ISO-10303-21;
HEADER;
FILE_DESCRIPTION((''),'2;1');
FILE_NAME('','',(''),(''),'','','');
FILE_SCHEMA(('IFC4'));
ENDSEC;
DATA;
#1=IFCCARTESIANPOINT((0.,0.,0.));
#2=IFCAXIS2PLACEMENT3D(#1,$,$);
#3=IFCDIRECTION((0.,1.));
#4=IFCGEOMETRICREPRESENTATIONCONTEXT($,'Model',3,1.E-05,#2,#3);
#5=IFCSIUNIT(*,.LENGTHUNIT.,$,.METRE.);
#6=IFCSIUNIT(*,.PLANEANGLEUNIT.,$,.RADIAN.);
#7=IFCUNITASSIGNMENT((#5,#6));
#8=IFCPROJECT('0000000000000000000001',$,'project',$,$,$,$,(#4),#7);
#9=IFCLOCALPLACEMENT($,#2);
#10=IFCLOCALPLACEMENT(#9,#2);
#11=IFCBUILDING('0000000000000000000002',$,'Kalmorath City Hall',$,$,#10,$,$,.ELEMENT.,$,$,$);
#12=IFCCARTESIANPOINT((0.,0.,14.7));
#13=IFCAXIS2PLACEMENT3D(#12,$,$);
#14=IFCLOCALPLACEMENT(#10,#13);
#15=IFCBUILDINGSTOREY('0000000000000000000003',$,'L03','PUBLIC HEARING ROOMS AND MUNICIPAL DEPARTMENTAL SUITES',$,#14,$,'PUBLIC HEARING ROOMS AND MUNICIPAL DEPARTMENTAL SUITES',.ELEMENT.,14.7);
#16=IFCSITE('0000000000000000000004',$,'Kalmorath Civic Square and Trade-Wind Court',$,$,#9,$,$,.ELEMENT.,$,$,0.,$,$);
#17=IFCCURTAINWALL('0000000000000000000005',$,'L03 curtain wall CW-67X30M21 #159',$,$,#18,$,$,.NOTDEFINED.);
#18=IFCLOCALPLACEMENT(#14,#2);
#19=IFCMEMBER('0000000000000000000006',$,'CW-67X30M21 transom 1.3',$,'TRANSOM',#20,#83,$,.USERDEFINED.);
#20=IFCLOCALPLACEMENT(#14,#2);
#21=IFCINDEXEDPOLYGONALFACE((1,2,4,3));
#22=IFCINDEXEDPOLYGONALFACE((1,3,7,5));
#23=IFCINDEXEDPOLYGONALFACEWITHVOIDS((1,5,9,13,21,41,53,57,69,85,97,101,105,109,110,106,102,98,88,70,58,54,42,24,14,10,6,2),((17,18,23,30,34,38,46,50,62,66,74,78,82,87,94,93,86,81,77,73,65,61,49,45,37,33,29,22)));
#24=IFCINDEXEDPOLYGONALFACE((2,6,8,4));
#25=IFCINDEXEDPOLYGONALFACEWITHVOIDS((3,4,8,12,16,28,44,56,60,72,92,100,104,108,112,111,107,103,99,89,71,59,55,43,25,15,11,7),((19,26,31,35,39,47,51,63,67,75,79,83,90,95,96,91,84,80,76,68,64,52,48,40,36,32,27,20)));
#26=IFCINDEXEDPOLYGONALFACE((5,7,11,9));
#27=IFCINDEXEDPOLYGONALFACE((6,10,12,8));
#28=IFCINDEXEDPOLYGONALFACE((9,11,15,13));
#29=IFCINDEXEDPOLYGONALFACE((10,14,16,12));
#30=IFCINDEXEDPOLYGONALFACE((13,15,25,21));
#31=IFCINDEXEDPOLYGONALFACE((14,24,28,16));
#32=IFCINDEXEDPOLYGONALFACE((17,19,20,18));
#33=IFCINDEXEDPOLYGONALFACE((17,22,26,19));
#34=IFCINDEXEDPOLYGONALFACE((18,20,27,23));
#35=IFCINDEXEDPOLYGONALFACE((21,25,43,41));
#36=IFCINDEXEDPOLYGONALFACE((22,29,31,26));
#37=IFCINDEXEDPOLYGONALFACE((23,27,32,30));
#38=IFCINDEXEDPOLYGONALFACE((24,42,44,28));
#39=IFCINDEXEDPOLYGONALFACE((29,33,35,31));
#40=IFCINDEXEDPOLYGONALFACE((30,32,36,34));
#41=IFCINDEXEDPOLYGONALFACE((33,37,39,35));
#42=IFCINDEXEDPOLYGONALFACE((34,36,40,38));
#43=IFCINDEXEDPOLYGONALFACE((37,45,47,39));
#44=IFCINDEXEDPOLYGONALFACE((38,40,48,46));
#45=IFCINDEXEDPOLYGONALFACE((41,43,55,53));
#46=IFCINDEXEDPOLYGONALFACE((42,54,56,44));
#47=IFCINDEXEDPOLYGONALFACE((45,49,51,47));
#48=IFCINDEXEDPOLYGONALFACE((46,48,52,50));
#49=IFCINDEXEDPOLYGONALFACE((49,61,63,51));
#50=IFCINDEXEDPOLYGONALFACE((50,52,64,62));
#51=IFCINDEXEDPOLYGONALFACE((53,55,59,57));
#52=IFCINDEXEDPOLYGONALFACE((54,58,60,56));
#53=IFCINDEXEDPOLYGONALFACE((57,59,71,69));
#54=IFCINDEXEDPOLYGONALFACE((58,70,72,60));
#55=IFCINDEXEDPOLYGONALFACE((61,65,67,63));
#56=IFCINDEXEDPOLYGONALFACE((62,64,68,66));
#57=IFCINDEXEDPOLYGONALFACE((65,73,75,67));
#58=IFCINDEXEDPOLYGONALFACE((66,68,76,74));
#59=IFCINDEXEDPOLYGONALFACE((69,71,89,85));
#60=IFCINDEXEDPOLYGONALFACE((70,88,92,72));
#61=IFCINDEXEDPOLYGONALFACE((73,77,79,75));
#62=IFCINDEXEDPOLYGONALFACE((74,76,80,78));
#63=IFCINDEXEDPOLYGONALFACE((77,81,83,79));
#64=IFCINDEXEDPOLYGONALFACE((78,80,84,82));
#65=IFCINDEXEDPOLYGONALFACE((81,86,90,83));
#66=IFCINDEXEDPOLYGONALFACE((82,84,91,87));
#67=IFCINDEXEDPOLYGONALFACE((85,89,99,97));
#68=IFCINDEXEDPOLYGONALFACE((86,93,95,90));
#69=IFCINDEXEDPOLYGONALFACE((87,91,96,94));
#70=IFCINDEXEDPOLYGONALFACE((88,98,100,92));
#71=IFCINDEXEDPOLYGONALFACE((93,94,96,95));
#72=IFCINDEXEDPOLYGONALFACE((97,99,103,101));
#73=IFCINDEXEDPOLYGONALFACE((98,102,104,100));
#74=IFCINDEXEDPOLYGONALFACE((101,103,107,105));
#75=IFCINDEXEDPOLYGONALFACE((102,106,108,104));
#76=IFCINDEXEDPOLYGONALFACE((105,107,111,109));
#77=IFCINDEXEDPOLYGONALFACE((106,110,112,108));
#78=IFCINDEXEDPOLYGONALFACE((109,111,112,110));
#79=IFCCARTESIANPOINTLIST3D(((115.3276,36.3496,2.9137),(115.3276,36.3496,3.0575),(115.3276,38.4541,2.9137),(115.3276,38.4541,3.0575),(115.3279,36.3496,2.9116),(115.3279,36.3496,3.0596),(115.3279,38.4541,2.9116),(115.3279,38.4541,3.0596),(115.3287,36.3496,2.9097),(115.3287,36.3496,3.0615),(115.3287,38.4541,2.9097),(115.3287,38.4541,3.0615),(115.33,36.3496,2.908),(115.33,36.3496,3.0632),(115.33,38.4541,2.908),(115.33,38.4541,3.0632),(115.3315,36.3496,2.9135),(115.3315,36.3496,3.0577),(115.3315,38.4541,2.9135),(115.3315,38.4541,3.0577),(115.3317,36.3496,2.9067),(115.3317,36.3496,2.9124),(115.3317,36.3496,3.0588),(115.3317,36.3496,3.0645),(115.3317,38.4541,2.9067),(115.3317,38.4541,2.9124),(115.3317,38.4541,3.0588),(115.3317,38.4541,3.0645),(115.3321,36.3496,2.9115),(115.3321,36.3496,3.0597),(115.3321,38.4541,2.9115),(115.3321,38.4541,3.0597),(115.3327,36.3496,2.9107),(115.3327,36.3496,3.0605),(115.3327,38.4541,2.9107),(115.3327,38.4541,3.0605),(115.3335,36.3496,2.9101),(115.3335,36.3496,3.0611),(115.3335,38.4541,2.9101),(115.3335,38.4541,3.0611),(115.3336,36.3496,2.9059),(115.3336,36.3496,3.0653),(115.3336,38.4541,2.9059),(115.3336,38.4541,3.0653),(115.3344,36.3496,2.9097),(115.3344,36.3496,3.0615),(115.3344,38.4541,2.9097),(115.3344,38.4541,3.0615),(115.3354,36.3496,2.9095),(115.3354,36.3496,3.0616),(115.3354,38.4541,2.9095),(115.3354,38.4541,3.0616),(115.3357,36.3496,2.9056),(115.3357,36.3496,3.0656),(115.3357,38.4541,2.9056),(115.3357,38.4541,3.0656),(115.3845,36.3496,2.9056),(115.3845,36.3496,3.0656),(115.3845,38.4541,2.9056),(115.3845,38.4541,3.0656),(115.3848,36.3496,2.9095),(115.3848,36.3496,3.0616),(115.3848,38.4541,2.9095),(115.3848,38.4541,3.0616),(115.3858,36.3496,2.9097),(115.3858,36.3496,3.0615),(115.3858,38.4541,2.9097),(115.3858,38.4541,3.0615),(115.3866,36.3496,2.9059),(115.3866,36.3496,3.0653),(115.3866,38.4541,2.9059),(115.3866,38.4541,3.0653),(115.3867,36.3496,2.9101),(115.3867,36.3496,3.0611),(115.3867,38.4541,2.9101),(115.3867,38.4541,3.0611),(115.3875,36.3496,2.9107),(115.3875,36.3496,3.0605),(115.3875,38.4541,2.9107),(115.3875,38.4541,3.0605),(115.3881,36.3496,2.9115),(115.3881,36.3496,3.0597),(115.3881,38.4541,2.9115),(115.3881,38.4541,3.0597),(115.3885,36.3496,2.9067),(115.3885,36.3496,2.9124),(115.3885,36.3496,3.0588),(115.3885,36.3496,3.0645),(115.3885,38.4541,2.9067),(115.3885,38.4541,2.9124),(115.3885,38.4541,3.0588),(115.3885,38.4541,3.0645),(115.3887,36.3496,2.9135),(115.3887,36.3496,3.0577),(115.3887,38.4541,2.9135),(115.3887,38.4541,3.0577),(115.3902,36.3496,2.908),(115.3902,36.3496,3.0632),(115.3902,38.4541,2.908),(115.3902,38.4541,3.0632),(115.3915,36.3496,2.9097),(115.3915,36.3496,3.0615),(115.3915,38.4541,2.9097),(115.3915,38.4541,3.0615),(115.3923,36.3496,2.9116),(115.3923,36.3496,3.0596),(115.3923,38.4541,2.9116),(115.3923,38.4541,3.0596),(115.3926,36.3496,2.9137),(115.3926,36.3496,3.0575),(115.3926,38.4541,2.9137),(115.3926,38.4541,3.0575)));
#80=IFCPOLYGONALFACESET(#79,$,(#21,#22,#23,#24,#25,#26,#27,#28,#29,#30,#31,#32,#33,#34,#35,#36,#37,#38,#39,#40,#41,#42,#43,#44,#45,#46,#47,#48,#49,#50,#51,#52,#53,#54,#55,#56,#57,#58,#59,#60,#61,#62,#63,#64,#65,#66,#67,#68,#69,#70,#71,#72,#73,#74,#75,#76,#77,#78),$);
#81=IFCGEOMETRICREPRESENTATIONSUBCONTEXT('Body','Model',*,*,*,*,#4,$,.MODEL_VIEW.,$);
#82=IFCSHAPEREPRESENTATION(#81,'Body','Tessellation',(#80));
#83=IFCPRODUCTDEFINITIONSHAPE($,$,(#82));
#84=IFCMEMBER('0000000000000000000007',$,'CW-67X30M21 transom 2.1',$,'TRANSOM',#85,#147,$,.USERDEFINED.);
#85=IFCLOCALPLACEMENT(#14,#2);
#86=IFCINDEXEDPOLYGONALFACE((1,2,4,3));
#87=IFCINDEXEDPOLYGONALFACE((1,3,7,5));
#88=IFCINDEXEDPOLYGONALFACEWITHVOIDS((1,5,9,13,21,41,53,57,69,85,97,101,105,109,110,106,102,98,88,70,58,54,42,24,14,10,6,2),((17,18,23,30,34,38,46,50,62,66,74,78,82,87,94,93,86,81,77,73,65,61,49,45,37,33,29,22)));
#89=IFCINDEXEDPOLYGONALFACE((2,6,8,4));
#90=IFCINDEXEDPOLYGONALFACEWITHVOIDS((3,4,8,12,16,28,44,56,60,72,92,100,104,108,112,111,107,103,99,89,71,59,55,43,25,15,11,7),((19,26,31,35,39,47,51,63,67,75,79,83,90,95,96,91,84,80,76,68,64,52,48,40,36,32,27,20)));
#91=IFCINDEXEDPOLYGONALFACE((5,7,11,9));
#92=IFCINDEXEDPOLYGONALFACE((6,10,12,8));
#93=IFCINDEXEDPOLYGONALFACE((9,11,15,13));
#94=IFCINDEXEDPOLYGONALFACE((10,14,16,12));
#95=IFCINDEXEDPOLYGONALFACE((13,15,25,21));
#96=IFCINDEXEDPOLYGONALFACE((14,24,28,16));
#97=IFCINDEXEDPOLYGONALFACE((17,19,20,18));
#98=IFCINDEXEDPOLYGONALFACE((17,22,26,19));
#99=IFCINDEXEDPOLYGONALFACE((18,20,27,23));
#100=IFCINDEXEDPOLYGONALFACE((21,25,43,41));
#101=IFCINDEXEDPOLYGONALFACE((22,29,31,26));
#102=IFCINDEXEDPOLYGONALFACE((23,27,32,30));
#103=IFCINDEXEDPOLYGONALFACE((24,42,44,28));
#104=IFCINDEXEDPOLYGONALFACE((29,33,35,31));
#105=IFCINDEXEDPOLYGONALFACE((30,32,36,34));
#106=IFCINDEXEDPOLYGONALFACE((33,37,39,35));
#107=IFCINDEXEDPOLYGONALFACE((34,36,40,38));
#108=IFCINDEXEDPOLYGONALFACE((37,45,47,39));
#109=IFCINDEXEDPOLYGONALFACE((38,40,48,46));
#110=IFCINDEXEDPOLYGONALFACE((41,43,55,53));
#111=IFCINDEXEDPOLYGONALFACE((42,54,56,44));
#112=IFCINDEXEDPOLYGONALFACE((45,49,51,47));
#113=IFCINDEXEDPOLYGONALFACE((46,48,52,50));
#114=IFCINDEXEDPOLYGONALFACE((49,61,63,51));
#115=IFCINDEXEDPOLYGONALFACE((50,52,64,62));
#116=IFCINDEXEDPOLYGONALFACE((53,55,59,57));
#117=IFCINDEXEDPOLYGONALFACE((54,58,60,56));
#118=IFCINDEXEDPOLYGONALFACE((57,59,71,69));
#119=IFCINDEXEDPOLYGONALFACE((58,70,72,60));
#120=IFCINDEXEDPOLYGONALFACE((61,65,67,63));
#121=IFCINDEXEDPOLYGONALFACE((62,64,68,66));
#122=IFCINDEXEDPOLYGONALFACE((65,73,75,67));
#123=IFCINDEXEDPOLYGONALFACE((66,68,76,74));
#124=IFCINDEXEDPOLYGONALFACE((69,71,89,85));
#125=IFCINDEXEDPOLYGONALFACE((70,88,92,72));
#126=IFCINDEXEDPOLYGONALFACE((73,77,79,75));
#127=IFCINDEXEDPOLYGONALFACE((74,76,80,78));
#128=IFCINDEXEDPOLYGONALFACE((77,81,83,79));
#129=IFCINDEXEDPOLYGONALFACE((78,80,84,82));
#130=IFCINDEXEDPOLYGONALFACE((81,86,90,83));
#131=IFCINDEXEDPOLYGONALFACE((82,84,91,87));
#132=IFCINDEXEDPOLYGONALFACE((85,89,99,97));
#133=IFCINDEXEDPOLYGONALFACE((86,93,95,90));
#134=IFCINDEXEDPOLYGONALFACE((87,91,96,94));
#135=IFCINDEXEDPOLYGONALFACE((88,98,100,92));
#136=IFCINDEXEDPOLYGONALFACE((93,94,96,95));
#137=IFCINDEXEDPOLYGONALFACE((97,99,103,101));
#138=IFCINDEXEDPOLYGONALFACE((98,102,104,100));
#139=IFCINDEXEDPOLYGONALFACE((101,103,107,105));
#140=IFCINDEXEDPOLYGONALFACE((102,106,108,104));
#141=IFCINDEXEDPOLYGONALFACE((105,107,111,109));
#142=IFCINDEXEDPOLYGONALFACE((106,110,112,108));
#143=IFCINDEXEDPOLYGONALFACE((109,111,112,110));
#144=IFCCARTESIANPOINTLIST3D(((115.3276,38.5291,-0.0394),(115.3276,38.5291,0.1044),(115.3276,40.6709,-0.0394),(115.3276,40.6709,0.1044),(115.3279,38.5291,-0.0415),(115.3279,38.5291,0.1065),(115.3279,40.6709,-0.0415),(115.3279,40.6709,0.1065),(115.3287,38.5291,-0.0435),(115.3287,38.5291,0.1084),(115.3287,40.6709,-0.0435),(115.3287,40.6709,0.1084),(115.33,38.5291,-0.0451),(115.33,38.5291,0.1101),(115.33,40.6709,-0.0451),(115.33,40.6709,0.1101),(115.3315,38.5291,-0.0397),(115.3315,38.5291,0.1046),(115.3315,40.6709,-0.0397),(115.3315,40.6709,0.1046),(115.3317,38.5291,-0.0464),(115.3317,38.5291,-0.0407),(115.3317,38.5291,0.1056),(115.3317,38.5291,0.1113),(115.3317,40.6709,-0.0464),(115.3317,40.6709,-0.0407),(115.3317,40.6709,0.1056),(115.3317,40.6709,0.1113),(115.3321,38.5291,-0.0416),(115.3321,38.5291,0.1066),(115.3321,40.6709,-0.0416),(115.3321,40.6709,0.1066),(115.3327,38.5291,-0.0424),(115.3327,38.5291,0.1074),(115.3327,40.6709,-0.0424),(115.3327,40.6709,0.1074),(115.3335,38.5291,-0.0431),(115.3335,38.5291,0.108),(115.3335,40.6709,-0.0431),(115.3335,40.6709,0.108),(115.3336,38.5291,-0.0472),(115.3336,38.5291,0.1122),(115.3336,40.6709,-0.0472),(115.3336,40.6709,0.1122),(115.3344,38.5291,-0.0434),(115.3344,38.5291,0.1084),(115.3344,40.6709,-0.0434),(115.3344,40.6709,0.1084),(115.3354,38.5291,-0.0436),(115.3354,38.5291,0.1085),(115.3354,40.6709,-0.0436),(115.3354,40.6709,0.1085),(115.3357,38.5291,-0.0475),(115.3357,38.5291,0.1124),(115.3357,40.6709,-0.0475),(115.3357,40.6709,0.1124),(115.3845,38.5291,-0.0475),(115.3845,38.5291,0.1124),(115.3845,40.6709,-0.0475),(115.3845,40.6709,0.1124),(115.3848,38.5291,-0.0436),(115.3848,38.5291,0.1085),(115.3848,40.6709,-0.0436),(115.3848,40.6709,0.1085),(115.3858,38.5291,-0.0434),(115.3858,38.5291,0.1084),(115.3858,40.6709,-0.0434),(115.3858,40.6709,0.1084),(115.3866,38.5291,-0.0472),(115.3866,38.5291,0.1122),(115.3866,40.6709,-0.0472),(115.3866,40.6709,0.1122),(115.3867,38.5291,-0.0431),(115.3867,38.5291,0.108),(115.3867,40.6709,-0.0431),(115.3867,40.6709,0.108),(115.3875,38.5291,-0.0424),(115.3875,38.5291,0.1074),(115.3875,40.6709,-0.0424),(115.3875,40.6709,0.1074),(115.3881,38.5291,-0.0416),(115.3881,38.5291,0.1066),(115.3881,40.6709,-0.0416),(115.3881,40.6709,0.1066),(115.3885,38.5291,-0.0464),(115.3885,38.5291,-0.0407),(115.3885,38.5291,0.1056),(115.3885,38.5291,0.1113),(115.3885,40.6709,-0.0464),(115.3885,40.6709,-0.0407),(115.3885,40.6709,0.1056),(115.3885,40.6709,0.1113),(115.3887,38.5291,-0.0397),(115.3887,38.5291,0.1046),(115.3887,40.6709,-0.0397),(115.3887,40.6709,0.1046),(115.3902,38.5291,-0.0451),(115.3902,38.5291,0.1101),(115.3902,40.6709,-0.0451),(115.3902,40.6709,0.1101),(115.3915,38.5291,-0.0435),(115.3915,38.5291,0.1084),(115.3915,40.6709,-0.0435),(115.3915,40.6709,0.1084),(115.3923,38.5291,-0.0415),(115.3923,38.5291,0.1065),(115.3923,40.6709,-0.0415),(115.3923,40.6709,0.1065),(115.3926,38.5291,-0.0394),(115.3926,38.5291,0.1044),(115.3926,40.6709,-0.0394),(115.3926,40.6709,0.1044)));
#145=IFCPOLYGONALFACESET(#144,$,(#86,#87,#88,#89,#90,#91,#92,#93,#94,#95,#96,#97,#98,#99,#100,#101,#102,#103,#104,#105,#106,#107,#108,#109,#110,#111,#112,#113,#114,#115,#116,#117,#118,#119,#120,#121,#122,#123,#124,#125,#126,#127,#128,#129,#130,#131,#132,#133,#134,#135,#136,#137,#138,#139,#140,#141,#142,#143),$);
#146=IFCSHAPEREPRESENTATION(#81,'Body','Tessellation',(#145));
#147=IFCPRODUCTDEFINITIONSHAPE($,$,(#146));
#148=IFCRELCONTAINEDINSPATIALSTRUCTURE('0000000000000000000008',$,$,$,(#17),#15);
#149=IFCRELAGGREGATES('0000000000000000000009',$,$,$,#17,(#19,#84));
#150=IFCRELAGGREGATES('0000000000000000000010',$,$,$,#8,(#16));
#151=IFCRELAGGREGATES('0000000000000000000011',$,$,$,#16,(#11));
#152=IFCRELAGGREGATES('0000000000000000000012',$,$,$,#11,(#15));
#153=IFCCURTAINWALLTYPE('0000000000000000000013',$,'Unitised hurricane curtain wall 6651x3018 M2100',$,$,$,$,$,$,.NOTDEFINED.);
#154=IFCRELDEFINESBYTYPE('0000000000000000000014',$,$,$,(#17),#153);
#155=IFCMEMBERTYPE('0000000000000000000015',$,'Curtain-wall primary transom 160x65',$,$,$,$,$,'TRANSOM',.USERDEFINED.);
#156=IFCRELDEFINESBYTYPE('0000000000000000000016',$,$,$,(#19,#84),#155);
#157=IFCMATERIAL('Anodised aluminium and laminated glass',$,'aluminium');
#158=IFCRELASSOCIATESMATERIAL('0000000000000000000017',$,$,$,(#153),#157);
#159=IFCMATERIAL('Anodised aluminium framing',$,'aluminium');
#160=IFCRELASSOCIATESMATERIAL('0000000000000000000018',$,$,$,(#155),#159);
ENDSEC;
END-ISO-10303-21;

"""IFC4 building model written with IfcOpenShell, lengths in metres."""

from ifc_helpers import new_model, si_unit, direction, frame, origin, origin_2d, place, context, subcontext, project, spatial, hollow_rectangle, extrude, material, material_profile, profile_set, type_object, element, aggregate, save


model = new_model("IFC4")

# Units and contexts
model_context = context("Model", 3, precision=1e-05, world=origin(), true_north=direction((0.0, 1.0)))
body_context = subcontext(model_context, "Body", "Model", "MODEL_VIEW")
ifc_project = project(units=[si_unit("LENGTHUNIT", "METRE"), si_unit("PLANEANGLEUNIT", "RADIAN")], contexts=[model_context])

# Site, building, storey
site_placement = place(None, origin())
site = spatial("IfcSite", under=ifc_project, at=site_placement, Name="Kalmorath Civic Square and Trade-Wind Court", CompositionType="ELEMENT", RefElevation=0.0)
building_placement = place(site_placement, origin())
building = spatial("IfcBuilding", under=site, at=building_placement, Name="Kalmorath City Hall", CompositionType="ELEMENT")
storey_placement = place(building_placement, frame((0.0, 0.0, 14.7)))
storey = spatial("IfcBuildingStorey", under=building, at=storey_placement, Name="L03", Description="PUBLIC HEARING ROOMS AND MUNICIPAL DEPARTMENTAL SUITES", LongName="PUBLIC HEARING ROOMS AND MUNICIPAL DEPARTMENTAL SUITES", CompositionType="ELEMENT", Elevation=14.7)

# Curtain wall, members
ifc_material_1 = material(Name="Anodised aluminium and laminated glass", Category="aluminium")
curtain_wall_type = type_object("IfcCurtainWallType", Name="Unitised hurricane curtain wall 6651x3018 M2100", PredefinedType="NOTDEFINED", material=ifc_material_1)
curtain_wall_placement = place(storey_placement, origin())
curtain_wall = element("IfcCurtainWall", 1, at=curtain_wall_placement, inside=storey, type_object=curtain_wall_type, Name="L03 curtain wall CW-67X30M21 #159", PredefinedType="NOTDEFINED")
ifc_material_2 = material(Name="Anodised aluminium framing", Category="aluminium")
ifc_material_profile_1 = material_profile(ifc_material_2, hollow_rectangle(XDim=0.0649, YDim=0.1599, WallThickness=0.0039, InnerFilletRadius=0.0039, OuterFilletRadius=0.0081, at=origin_2d()), Name="ALU-TRN-160X65X4")
ifc_profile_set_1 = profile_set([ifc_material_profile_1], Name="Anodised aluminium framing")
member_type_1 = type_object("IfcMemberType", Name="Curtain-wall primary transom 160x65", ElementType="TRANSOM", PredefinedType="USERDEFINED", material=ifc_profile_set_1)
member_1_placement = place(storey_placement, frame((115.3601, 36.3496, 2.9856), z_axis=(0.0, 1.0, 0.0), x_axis=(-1.0, 0.0, 0.0)))
member_1 = element("IfcMember", 2, at=member_1_placement, type_object=member_type_1, Name="CW-67X30M21 transom 1.3", ObjectType="TRANSOM", PredefinedType="USERDEFINED", context=body_context, shape_type="SweptSolid", body=[
    extrude(hollow_rectangle(XDim=0.0649, YDim=0.1599, WallThickness=0.0039, InnerFilletRadius=0.0039, OuterFilletRadius=0.0081, at=origin_2d()), origin(), (0.0, 0.0, 1.0), 2.1045),
])
member_2_placement = place(storey_placement, frame((115.3601, 38.5291, 0.0325), z_axis=(0.0, 1.0, 0.0), x_axis=(-1.0, 0.0, 0.0)))
member_2 = element("IfcMember", 3, at=member_2_placement, type_object=member_type_1, Name="CW-67X30M21 transom 2.1", ObjectType="TRANSOM", PredefinedType="USERDEFINED", context=body_context, shape_type="SweptSolid", body=[
    extrude(hollow_rectangle(XDim=0.0649, YDim=0.1599, WallThickness=0.0039, InnerFilletRadius=0.0039, OuterFilletRadius=0.0081, at=origin_2d()), origin(), (0.0, 0.0, 1.0), 2.1418),
])

aggregate(curtain_wall, [member_1, member_2])

save(model, "model.ifc")
